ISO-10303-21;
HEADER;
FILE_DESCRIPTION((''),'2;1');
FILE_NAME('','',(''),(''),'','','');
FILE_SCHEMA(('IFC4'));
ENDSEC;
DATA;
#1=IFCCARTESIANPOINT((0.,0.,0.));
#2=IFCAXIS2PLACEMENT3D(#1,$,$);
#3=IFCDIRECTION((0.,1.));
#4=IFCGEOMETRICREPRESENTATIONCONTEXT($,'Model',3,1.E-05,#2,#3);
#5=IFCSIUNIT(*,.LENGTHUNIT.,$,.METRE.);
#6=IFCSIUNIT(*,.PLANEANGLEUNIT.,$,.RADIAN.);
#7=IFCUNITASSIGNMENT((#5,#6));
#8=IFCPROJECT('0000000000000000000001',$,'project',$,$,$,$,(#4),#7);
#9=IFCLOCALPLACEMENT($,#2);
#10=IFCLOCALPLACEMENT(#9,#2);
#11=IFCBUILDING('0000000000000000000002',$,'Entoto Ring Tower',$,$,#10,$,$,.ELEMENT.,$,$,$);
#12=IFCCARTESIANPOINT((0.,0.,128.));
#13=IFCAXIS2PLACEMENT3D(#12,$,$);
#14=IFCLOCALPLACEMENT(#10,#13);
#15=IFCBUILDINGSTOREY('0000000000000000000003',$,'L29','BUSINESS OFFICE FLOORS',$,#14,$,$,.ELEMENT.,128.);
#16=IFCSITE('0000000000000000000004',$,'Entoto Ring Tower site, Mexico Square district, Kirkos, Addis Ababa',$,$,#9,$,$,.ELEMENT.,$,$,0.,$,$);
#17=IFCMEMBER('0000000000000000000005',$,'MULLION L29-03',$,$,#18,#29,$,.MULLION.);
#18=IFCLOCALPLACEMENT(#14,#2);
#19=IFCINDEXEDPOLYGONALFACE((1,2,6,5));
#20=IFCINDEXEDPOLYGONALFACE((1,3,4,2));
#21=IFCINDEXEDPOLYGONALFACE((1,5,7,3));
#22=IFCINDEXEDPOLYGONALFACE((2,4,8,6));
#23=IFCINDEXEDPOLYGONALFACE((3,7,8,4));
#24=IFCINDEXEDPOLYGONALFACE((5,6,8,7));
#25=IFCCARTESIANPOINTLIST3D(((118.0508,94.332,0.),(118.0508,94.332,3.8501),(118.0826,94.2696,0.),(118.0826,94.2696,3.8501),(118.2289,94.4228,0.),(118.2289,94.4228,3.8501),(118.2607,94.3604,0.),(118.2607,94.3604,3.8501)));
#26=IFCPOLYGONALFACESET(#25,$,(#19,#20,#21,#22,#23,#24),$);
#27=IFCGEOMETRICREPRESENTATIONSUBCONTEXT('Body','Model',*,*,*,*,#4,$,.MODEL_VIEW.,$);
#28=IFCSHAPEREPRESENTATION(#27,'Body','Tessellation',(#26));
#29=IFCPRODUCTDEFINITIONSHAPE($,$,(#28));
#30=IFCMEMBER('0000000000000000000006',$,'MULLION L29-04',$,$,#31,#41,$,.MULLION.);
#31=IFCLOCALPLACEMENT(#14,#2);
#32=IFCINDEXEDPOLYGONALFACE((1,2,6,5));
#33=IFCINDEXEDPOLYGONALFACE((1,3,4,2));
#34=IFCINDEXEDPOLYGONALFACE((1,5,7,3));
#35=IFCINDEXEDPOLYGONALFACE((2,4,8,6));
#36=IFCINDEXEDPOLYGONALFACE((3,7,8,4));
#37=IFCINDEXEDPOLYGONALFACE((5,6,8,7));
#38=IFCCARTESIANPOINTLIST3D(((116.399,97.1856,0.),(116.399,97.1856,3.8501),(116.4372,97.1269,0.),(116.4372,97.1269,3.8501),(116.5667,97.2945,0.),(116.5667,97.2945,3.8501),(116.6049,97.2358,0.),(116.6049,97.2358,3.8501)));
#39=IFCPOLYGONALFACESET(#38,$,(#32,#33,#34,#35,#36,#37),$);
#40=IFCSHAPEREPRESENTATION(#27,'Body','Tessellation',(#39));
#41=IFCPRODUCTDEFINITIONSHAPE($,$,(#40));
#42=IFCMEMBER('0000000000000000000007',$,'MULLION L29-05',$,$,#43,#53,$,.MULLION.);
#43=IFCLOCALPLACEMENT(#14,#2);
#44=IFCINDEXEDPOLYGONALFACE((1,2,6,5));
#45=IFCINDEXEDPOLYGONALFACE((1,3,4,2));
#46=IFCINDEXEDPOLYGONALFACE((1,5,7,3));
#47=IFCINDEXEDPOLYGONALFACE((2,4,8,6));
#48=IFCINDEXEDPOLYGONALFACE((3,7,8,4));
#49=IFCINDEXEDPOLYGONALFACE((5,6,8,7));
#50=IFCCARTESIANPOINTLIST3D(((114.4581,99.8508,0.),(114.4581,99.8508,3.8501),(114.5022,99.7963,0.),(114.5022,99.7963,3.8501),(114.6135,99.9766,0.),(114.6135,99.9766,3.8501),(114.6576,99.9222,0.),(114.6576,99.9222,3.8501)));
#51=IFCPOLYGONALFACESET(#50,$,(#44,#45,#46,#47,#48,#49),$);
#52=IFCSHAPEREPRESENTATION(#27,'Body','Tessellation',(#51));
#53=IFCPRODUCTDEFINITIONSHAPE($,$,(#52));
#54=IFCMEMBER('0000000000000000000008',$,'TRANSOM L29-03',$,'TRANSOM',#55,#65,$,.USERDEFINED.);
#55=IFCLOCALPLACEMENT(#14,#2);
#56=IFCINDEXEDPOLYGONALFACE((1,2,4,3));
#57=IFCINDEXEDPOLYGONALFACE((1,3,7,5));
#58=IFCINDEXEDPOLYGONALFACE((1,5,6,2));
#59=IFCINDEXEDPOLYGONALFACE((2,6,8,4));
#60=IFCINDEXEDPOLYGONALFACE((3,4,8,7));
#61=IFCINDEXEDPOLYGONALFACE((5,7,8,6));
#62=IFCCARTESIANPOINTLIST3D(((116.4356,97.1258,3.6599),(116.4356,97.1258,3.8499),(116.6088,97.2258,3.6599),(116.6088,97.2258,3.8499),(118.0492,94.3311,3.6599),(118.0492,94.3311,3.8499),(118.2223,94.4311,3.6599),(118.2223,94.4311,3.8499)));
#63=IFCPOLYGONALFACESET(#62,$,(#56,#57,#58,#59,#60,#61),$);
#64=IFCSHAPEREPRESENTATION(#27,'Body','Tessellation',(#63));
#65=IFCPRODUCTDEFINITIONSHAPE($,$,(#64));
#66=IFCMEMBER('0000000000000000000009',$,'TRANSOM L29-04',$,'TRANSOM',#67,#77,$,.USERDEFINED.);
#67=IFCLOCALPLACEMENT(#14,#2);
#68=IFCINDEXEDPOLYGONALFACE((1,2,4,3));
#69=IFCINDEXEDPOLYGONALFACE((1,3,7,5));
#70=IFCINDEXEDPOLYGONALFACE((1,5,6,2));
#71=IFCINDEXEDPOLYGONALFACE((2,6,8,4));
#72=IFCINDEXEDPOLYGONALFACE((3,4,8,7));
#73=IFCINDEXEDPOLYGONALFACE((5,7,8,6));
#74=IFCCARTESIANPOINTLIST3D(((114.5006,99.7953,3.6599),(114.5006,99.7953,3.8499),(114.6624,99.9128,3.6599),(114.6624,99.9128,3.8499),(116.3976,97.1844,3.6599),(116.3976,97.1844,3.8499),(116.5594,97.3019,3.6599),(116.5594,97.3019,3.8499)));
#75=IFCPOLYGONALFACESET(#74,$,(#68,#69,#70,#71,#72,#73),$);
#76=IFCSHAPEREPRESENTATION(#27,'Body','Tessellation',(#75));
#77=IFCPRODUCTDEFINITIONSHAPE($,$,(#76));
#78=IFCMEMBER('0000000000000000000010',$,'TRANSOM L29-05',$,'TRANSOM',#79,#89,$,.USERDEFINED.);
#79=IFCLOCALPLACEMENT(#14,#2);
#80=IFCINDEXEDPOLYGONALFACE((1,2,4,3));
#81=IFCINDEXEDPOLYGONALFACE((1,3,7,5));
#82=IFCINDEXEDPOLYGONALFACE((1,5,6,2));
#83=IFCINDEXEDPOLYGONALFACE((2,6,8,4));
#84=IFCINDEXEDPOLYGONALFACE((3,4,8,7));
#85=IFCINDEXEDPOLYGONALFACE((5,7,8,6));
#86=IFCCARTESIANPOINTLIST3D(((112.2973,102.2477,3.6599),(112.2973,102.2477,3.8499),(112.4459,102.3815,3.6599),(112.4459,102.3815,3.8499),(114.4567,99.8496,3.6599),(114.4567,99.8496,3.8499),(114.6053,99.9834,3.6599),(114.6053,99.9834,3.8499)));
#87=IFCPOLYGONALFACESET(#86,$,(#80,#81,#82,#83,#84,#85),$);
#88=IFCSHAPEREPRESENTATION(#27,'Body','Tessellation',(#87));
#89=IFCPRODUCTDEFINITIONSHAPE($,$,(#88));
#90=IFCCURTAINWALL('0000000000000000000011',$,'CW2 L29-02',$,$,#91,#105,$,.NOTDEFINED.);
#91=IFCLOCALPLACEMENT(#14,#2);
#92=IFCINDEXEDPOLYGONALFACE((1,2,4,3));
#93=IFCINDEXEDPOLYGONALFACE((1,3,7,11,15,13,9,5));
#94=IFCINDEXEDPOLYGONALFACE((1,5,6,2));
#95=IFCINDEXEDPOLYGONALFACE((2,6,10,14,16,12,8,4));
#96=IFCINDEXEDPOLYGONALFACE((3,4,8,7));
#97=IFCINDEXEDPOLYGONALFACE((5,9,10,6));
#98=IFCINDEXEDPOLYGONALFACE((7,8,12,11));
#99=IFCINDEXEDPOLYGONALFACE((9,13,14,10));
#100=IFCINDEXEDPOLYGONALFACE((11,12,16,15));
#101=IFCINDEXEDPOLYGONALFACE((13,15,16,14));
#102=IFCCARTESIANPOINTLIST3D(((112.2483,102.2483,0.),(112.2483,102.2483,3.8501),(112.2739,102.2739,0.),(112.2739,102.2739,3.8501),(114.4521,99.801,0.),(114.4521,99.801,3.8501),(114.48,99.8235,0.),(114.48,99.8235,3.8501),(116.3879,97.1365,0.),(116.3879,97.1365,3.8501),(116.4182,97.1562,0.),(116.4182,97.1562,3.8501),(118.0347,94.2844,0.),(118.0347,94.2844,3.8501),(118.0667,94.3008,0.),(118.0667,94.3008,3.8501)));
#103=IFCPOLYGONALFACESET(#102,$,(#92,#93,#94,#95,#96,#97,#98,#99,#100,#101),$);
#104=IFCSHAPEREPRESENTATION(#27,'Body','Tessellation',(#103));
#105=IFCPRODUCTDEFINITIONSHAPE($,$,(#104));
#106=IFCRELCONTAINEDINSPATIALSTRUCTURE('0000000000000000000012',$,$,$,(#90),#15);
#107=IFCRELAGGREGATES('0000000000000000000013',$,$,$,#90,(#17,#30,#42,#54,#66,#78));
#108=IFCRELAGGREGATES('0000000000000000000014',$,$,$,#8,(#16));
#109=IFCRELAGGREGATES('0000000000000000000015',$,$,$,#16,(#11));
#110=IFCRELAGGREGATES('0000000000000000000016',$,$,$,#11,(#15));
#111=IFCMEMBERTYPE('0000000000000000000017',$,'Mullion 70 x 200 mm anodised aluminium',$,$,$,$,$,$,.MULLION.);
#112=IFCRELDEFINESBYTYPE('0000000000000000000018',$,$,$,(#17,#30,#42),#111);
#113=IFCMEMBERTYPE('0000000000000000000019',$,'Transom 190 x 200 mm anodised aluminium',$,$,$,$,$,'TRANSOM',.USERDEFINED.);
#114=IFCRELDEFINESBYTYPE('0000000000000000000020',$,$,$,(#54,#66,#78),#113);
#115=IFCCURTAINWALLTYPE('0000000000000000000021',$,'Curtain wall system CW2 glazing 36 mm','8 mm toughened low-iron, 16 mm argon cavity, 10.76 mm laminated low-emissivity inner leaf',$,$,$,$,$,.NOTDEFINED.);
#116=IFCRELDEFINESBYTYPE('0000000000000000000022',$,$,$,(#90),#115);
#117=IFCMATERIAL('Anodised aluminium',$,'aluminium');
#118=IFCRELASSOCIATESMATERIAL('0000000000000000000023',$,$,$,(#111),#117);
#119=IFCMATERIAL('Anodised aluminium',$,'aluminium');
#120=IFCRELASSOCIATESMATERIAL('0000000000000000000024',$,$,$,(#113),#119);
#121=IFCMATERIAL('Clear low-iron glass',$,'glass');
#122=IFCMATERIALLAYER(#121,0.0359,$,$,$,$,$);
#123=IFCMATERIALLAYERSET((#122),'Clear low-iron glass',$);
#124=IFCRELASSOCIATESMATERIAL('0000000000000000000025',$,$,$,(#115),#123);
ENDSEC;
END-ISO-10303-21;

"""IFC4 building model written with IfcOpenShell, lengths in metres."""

from ifc_helpers import new_model, si_unit, direction, frame, origin, origin_2d, place, context, subcontext, project, spatial, polyline, rectangle, outline, extrude, material, layer, layer_set, material_profile, profile_set, type_object, element, aggregate, save


model = new_model("IFC4")

# Units and contexts
model_context = context("Model", 3, precision=1e-05, world=origin(), true_north=direction((0.0, 1.0)))
body_context = subcontext(model_context, "Body", "Model", "MODEL_VIEW")
ifc_project = project(units=[si_unit("LENGTHUNIT", "METRE"), si_unit("PLANEANGLEUNIT", "RADIAN")], contexts=[model_context])

# Members
ifc_material_1 = material(Name="Anodised aluminium", Category="aluminium")
ifc_material_profile_1 = material_profile(ifc_material_1, rectangle(XDim=0.0701, YDim=0.2, at=origin_2d()), Name="Mullion 70 x 200 mm anodised aluminium")
ifc_profile_set_1 = profile_set([ifc_material_profile_1], Name="Anodised aluminium")
member_type_1 = type_object("IfcMemberType", Name="Mullion 70 x 200 mm anodised aluminium", PredefinedType="MULLION", material=ifc_profile_set_1)
site_placement = place(None, origin())
building_placement = place(site_placement, origin())
storey_placement = place(building_placement, frame((0.0, 0.0, 128.0)))
member_1_placement = place(storey_placement, frame((118.1558, 94.3462, 0.0), z_axis=(0.0, 0.0, 1.0), x_axis=(-0.45399, 0.891007, 0.0)))
member_1 = element("IfcMember", 1, at=member_1_placement, type_object=member_type_1, Name="MULLION L29-03", PredefinedType="MULLION", context=body_context, shape_type="SweptSolid", body=[
    extrude(rectangle(XDim=0.0701, YDim=0.2, at=origin_2d()), origin(), (0.0, 0.0, 1.0), 3.8501),
])
member_2_placement = place(storey_placement, frame((116.502, 97.2107, 0.0), z_axis=(0.0, 0.0, 1.0), x_axis=(-0.544639, 0.838671, 0.0)))
member_2 = element("IfcMember", 2, at=member_2_placement, type_object=member_type_1, Name="MULLION L29-04", PredefinedType="MULLION", context=body_context, shape_type="SweptSolid", body=[
    extrude(rectangle(XDim=0.0701, YDim=0.2, at=origin_2d()), origin(), (0.0, 0.0, 1.0), 3.8501),
])
member_3_placement = place(storey_placement, frame((114.5579, 99.8865, 0.0), z_axis=(0.0, 0.0, 1.0), x_axis=(-0.62932, 0.777146, 0.0)))
member_3 = element("IfcMember", 3, at=member_3_placement, type_object=member_type_1, Name="MULLION L29-05", PredefinedType="MULLION", context=body_context, shape_type="SweptSolid", body=[
    extrude(rectangle(XDim=0.0701, YDim=0.2, at=origin_2d()), origin(), (0.0, 0.0, 1.0), 3.8501),
])
ifc_material_2 = material(Name="Anodised aluminium", Category="aluminium")
ifc_material_profile_2 = material_profile(ifc_material_2, rectangle(XDim=0.2, YDim=0.1899, at=origin_2d()), Name="Transom 190 x 200 mm anodised aluminium")
ifc_profile_set_2 = profile_set([ifc_material_profile_2], Name="Anodised aluminium")
member_type_2 = type_object("IfcMemberType", Name="Transom 190 x 200 mm anodised aluminium", ElementType="TRANSOM", PredefinedType="USERDEFINED", material=ifc_profile_set_2)
member_4_placement = place(storey_placement, frame((118.1357, 94.3811, 3.7549), z_axis=(-0.500004, 0.866023, 0.0), x_axis=(-0.866023, -0.500004, 0.0)))
member_4 = element("IfcMember", 4, at=member_4_placement, type_object=member_type_2, Name="TRANSOM L29-03", ObjectType="TRANSOM", PredefinedType="USERDEFINED", context=body_context, shape_type="SweptSolid", body=[
    extrude(rectangle(XDim=0.2, YDim=0.1899, at=origin_2d()), origin(), (0.0, 0.0, 1.0), 3.2271),
])
member_5_placement = place(storey_placement, frame((116.4785, 97.2432, 3.7549), z_axis=(-0.587803, 0.809004, 0.0), x_axis=(-0.809004, -0.587803, 0.0)))
member_5 = element("IfcMember", 5, at=member_5_placement, type_object=member_type_2, Name="TRANSOM L29-04", ObjectType="TRANSOM", PredefinedType="USERDEFINED", context=body_context, shape_type="SweptSolid", body=[
    extrude(rectangle(XDim=0.2, YDim=0.1899, at=origin_2d()), origin(), (0.0, 0.0, 1.0), 3.2273),
])
member_6_placement = place(storey_placement, frame((114.531, 99.9165, 3.7549), z_axis=(-0.669144, 0.743132, 0.0), x_axis=(-0.743132, -0.669144, 0.0)))
member_6 = element("IfcMember", 6, at=member_6_placement, type_object=member_type_2, Name="TRANSOM L29-05", ObjectType="TRANSOM", PredefinedType="USERDEFINED", context=body_context, shape_type="SweptSolid", body=[
    extrude(rectangle(XDim=0.2, YDim=0.1899, at=origin_2d()), origin(), (0.0, 0.0, 1.0), 3.2271),
])

# Site, building, storey
site = spatial("IfcSite", under=ifc_project, at=site_placement, Name="Entoto Ring Tower site, Mexico Square district, Kirkos, Addis Ababa", CompositionType="ELEMENT", RefElevation=0.0)
building = spatial("IfcBuilding", under=site, at=building_placement, Name="Entoto Ring Tower", CompositionType="ELEMENT")
storey = spatial("IfcBuildingStorey", under=building, at=storey_placement, Name="L29", Description="BUSINESS OFFICE FLOORS", CompositionType="ELEMENT", Elevation=128.0)

# Curtain wall
ifc_material_3 = material(Name="Clear low-iron glass", Category="glass")
ifc_layer_1 = layer(ifc_material_3, 0.0359)
ifc_layer_set_1 = layer_set([ifc_layer_1], Name="Clear low-iron glass")
curtain_wall_type = type_object("IfcCurtainWallType", Name="Curtain wall system CW2 glazing 36 mm", Description="8 mm toughened low-iron, 16 mm argon cavity, 10.76 mm laminated low-emissivity inner leaf", PredefinedType="NOTDEFINED", material=ifc_layer_set_1)
curtain_wall_1_placement = place(storey_placement, origin())
curtain_wall_1 = element("IfcCurtainWall", 7, at=curtain_wall_1_placement, inside=storey, type_object=curtain_wall_type, Name="CW2 L29-02", PredefinedType="NOTDEFINED", context=body_context, shape_type="SweptSolid", body=[
    extrude(outline(polyline([(118.0667, 94.3008), (116.4182, 97.1562), (114.48, 99.8235), (112.2739, 102.2739), (112.2483, 102.2483), (114.4521, 99.801), (116.3879, 97.1365), (118.0347, 94.2844), (118.0667, 94.3008)])), origin(), (0.0, 0.0, 1.0), 3.8501),
])
aggregate(curtain_wall_1, [member_1, member_2, member_3, member_4, member_5, member_6])

save(model, "model.ifc")
